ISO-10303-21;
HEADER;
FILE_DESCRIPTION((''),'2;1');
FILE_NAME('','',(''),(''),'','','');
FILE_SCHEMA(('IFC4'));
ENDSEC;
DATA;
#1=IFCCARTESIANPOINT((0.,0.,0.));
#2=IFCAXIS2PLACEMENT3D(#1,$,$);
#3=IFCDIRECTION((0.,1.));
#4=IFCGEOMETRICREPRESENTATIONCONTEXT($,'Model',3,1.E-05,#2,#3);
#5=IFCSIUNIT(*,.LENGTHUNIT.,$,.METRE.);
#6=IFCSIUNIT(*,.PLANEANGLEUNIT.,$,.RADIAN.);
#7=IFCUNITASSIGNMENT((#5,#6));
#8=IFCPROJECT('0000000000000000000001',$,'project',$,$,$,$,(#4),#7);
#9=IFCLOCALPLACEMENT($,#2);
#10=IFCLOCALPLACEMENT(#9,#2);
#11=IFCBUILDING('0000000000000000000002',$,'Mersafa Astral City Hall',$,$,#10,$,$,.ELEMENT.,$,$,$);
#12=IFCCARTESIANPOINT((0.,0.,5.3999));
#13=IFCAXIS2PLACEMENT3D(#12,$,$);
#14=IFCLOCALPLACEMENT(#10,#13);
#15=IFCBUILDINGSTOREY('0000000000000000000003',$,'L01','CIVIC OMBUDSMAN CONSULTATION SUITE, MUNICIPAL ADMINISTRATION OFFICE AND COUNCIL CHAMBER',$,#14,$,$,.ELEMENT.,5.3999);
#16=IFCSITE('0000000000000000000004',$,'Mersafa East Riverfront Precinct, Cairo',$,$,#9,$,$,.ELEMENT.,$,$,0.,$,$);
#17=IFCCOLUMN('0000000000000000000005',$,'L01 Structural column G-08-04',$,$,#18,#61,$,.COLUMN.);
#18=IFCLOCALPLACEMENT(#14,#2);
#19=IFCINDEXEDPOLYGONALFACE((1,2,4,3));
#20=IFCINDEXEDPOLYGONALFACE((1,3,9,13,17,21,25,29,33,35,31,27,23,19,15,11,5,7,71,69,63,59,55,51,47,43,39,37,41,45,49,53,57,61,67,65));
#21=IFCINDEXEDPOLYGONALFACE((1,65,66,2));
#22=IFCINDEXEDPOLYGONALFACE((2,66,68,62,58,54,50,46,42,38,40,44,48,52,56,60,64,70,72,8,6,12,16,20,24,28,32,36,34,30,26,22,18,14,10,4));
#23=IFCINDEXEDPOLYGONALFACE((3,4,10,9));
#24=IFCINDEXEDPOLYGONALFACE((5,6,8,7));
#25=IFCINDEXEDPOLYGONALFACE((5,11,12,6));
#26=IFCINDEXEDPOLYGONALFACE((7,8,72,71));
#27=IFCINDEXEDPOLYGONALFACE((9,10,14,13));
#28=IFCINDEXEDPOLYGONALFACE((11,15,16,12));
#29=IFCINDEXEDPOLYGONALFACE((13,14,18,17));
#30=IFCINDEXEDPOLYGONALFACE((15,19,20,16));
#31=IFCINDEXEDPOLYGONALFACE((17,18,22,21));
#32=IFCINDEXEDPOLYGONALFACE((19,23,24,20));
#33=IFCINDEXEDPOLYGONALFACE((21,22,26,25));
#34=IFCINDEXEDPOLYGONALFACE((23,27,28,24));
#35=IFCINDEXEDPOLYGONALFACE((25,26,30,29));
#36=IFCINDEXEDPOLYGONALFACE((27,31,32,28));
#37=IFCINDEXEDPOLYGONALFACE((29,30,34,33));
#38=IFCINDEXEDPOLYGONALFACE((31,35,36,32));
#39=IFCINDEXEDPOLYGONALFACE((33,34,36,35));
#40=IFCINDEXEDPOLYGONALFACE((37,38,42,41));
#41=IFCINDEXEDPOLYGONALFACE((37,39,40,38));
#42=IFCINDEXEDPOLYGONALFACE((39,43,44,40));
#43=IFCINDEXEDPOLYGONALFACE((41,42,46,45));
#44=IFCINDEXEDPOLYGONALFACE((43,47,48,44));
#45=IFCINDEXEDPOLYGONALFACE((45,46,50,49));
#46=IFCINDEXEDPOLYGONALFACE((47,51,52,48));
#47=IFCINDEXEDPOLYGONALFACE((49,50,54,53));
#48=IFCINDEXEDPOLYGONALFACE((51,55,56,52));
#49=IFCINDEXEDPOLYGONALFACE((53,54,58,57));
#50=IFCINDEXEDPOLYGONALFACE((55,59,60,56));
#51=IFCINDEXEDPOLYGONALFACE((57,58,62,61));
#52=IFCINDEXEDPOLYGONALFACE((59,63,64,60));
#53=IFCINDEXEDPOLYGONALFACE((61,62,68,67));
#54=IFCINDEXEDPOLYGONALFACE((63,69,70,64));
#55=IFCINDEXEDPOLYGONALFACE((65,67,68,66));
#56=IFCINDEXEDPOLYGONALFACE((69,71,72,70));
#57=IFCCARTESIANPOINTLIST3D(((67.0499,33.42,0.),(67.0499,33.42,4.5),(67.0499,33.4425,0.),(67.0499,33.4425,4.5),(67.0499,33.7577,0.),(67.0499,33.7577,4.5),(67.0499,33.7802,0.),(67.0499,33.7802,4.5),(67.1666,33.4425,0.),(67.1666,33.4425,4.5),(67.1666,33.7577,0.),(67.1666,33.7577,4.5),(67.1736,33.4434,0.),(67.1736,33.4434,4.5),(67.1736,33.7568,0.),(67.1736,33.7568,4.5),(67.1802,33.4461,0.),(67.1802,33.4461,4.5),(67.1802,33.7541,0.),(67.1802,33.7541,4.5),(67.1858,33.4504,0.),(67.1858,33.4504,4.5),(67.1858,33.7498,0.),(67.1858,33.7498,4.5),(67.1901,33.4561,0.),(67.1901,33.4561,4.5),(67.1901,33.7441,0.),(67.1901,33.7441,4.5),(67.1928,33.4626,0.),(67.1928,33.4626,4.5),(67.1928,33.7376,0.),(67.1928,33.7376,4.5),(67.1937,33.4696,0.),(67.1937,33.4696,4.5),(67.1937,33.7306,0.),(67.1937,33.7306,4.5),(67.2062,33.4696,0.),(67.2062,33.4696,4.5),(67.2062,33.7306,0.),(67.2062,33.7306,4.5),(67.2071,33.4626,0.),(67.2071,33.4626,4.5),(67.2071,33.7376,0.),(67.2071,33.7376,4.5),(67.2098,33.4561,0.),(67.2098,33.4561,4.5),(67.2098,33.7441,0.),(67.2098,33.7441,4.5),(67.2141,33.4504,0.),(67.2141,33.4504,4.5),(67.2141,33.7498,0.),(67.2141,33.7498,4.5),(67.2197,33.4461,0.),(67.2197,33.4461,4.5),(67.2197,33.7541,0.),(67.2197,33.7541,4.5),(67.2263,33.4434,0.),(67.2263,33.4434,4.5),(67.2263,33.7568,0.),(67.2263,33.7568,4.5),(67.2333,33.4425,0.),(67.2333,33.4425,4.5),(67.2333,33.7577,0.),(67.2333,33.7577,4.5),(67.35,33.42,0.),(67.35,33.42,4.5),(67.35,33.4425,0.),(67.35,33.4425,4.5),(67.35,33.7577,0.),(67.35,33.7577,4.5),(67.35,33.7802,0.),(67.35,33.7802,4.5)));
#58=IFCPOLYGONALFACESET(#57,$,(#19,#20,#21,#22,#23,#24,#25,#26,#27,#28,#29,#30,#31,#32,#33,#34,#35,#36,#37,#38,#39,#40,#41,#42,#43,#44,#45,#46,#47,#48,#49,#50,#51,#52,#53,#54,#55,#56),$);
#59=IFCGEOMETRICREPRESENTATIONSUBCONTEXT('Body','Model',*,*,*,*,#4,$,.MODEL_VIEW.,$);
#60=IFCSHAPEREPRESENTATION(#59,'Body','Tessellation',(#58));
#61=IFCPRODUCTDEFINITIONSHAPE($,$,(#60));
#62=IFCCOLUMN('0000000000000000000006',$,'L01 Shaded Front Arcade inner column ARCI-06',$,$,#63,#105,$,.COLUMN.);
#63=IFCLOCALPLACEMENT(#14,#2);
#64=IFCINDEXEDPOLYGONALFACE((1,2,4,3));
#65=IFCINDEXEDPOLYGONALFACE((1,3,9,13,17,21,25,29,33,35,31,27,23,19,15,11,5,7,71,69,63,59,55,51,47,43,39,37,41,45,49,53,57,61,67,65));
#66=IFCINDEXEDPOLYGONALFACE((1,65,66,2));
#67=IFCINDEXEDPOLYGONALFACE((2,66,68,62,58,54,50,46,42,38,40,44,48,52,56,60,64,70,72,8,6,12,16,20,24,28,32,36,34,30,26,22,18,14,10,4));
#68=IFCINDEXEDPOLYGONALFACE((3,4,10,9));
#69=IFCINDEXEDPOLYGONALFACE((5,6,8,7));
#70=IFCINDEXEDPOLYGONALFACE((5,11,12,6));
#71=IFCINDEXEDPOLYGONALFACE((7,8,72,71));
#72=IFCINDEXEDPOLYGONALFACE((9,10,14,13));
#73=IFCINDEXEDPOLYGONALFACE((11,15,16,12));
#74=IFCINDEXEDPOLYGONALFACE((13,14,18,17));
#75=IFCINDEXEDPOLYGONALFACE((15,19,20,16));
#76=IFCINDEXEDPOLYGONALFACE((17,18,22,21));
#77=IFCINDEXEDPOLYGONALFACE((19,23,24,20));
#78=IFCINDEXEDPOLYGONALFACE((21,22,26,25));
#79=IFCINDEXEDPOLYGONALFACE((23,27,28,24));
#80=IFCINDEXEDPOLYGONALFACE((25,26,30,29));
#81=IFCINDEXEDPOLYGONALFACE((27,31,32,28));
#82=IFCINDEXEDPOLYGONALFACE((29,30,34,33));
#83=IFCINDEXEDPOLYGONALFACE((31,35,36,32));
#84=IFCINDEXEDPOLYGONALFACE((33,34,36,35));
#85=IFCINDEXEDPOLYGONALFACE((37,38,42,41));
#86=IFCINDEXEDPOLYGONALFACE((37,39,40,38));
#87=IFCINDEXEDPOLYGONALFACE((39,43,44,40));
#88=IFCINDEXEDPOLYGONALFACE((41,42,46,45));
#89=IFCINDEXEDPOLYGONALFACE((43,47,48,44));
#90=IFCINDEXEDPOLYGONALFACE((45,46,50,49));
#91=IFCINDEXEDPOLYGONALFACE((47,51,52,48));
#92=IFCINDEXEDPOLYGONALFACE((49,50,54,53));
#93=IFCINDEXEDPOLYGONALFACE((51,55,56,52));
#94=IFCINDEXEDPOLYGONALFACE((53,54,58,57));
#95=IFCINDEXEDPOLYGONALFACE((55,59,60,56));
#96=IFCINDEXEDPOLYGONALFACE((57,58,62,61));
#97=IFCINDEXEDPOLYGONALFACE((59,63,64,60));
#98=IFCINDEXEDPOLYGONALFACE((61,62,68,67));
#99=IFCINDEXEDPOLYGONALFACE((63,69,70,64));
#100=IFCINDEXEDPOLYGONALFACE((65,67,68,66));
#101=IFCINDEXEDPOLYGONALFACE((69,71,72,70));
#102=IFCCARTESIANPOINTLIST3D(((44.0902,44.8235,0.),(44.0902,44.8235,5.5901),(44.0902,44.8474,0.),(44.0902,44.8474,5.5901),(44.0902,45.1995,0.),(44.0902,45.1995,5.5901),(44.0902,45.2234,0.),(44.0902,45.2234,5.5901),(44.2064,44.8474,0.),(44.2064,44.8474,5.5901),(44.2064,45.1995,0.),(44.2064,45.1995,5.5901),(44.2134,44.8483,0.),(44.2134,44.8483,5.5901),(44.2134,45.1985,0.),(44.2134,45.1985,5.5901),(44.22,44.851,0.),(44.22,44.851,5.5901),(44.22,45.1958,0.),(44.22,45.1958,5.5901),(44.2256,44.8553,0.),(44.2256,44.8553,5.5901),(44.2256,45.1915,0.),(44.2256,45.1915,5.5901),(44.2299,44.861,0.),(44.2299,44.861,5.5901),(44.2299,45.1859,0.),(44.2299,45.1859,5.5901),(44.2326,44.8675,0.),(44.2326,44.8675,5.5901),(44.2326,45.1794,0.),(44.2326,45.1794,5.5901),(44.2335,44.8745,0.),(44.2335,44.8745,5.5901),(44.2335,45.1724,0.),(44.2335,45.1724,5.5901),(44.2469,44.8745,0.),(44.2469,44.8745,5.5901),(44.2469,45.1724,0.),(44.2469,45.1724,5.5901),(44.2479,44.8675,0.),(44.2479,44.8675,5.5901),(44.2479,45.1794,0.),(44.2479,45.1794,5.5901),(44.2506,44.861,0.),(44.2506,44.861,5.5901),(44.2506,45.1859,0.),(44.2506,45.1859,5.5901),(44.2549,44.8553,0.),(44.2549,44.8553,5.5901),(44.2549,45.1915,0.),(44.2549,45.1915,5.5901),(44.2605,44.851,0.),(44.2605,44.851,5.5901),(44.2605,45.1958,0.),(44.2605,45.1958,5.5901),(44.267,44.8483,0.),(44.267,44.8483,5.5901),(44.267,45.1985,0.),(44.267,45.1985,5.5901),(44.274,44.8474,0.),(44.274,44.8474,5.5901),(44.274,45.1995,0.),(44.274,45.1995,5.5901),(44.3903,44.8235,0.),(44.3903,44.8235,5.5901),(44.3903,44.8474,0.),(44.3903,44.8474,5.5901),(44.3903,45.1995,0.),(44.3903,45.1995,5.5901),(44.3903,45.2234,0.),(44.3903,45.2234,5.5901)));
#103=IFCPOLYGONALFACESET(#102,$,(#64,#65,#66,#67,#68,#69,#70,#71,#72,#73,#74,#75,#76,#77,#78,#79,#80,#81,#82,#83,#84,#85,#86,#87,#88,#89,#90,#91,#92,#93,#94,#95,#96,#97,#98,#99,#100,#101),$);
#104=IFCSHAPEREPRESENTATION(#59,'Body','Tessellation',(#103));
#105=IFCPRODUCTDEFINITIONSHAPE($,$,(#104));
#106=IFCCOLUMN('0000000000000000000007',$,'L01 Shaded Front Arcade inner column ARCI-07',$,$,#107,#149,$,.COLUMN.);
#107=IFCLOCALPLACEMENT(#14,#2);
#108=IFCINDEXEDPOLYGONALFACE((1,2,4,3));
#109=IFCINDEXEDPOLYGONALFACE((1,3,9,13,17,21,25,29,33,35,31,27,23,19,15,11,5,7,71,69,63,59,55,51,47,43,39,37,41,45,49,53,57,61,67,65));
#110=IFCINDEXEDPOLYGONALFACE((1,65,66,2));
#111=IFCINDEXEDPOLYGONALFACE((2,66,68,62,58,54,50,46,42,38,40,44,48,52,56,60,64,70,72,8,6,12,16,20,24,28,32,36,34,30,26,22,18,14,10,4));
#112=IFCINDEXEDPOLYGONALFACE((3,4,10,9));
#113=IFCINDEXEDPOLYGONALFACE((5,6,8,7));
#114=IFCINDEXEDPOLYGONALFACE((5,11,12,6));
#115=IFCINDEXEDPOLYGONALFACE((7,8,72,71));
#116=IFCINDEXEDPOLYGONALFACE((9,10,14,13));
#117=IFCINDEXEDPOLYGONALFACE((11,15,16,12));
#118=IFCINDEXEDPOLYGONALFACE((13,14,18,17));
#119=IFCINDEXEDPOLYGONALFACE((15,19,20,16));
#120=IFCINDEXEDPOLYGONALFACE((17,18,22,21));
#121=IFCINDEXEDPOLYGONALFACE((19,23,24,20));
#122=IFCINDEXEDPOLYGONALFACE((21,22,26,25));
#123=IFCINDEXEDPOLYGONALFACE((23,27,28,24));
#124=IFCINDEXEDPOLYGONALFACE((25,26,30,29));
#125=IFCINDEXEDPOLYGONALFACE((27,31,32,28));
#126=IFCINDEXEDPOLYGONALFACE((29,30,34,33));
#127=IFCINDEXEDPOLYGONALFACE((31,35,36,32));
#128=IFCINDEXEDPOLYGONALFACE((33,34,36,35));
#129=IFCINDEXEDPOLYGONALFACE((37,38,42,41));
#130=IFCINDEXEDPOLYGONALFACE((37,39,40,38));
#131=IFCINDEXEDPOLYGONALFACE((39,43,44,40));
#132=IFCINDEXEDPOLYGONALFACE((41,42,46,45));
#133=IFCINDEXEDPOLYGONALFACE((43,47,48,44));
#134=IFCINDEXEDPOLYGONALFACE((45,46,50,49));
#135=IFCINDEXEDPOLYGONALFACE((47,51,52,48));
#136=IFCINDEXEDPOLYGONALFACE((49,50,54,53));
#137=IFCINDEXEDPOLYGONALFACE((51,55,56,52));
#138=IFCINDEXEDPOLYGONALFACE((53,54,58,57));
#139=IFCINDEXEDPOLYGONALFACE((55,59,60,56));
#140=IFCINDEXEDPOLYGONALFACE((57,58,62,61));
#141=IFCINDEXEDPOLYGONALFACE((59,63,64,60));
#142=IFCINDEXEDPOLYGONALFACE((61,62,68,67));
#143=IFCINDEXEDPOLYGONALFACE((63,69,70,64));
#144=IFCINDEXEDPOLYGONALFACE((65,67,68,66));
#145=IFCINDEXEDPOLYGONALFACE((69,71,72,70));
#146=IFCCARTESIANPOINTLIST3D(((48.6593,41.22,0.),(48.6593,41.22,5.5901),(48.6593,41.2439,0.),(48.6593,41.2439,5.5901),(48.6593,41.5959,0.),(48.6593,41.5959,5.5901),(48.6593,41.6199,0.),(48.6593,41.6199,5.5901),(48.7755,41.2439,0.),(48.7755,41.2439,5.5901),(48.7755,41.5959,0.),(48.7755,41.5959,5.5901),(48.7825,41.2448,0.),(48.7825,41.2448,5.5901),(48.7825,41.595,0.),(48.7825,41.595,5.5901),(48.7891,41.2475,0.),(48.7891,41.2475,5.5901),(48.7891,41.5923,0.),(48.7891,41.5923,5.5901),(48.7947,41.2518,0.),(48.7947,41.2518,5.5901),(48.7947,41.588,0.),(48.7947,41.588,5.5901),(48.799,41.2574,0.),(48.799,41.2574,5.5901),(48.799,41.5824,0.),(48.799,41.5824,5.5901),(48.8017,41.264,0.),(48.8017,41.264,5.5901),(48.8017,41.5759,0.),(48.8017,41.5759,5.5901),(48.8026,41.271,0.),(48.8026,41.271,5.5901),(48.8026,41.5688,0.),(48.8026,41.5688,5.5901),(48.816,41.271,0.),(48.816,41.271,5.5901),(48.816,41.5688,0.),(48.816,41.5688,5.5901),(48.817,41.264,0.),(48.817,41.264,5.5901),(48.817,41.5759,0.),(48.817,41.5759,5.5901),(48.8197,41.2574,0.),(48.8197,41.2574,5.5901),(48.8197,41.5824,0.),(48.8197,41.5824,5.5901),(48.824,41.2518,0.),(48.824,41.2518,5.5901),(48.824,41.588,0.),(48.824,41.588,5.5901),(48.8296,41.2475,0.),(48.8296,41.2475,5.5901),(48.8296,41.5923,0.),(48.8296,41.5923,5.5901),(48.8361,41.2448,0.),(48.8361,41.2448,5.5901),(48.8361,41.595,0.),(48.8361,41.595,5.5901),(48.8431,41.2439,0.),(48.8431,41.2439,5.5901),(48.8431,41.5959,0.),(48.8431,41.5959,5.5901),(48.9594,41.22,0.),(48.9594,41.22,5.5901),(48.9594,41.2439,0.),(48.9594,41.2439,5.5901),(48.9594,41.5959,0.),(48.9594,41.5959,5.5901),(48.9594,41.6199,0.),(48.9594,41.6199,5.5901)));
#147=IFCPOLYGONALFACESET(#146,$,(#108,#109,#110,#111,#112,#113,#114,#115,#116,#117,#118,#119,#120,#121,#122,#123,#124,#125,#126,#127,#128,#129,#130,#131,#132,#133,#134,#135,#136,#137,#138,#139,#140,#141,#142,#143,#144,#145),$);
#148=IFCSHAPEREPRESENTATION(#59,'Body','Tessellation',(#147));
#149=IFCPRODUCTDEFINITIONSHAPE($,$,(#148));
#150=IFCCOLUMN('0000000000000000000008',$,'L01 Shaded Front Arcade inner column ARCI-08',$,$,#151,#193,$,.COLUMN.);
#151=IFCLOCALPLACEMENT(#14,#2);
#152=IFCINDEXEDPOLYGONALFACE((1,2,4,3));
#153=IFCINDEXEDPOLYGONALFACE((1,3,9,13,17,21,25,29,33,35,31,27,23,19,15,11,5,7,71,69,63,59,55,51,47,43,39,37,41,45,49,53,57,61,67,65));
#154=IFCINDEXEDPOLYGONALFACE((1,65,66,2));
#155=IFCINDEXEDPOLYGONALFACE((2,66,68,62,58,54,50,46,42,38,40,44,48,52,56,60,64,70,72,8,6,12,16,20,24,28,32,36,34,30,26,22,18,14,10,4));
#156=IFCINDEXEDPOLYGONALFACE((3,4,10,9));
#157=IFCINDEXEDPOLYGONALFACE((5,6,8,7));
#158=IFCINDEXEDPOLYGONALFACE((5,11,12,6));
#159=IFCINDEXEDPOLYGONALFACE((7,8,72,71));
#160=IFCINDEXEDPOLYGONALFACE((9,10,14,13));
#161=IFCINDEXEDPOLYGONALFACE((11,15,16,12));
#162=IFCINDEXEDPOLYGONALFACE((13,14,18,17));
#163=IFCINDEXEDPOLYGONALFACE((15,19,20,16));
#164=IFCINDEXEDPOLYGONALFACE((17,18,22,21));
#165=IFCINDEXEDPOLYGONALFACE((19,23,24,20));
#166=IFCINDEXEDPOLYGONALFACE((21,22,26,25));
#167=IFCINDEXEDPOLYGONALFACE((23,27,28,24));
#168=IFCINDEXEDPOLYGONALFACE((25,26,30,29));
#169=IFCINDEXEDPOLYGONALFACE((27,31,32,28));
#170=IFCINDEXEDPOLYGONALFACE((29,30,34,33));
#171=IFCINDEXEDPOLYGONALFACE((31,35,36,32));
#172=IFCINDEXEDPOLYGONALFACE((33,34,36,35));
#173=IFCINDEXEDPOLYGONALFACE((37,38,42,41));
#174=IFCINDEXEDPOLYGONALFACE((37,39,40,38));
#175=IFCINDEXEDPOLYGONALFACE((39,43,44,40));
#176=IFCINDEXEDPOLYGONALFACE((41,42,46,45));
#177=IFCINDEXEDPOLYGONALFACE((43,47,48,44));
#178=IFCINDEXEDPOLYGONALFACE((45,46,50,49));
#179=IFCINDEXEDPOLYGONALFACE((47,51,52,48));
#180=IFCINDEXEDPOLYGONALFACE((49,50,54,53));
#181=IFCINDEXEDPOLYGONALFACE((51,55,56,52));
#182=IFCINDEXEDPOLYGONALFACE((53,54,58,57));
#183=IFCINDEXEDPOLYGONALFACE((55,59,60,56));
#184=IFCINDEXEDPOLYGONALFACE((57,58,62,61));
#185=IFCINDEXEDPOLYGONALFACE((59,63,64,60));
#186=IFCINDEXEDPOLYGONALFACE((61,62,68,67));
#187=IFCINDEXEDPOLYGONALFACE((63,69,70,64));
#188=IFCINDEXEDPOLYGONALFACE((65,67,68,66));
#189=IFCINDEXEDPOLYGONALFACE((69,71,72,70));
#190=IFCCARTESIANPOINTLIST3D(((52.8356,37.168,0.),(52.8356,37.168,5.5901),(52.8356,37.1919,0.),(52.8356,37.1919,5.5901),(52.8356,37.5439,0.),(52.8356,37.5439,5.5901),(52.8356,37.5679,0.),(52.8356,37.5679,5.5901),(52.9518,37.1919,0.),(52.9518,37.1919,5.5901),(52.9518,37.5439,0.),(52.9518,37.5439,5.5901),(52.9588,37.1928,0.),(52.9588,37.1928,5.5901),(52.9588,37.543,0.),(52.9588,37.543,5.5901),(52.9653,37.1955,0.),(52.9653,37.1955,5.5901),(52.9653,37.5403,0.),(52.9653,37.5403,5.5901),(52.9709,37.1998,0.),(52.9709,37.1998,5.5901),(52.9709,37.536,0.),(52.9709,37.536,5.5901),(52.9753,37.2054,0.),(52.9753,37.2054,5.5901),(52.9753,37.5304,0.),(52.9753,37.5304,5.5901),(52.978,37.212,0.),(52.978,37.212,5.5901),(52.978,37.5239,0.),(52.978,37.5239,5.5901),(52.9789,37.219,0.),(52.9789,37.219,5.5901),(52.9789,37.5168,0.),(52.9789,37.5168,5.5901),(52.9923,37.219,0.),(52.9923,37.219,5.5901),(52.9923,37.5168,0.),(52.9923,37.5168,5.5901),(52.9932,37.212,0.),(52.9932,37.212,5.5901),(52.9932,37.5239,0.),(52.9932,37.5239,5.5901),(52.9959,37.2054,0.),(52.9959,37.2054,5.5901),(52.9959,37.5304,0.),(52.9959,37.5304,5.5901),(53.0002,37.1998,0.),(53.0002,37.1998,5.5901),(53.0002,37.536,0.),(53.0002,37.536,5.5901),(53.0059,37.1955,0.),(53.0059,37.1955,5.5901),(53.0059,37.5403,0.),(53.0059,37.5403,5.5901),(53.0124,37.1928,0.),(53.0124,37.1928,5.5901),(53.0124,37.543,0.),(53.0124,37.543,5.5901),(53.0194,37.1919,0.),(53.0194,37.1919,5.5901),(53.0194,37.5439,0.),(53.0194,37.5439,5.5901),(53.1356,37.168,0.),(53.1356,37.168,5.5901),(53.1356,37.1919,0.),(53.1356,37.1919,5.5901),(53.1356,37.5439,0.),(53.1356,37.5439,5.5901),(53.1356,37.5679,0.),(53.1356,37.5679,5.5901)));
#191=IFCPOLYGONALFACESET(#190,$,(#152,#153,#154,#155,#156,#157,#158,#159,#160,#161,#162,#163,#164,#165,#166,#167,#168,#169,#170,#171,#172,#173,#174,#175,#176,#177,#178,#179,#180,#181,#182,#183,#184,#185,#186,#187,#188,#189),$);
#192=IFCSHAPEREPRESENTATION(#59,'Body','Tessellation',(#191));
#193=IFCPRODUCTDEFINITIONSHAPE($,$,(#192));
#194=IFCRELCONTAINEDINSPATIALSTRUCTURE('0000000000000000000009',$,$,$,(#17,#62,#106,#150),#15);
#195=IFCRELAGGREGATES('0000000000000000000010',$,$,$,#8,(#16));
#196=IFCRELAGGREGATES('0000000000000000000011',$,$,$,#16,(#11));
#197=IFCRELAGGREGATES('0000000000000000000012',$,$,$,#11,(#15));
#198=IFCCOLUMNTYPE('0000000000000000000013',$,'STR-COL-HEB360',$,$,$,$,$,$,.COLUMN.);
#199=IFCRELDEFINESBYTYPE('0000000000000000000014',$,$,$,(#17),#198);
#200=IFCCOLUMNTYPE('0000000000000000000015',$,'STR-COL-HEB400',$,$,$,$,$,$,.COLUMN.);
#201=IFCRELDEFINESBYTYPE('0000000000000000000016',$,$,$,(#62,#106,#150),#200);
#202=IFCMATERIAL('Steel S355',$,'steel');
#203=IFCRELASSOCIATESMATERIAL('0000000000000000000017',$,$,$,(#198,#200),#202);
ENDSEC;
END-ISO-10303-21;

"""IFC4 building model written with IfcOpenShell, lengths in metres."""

from ifc_helpers import new_model, si_unit, direction, frame, origin, origin_2d, place, context, subcontext, project, spatial, i_section, extrude, material, material_profile, profile_set, type_object, element, save


model = new_model("IFC4")

# Units and contexts
model_context = context("Model", 3, precision=1e-05, world=origin(), true_north=direction((0.0, 1.0)))
body_context = subcontext(model_context, "Body", "Model", "MODEL_VIEW")
ifc_project = project(units=[si_unit("LENGTHUNIT", "METRE"), si_unit("PLANEANGLEUNIT", "RADIAN")], contexts=[model_context])

# Site, building, storey
site_placement = place(None, origin())
site = spatial("IfcSite", under=ifc_project, at=site_placement, Name="Mersafa East Riverfront Precinct, Cairo", CompositionType="ELEMENT", RefElevation=0.0)
building_placement = place(site_placement, origin())
building = spatial("IfcBuilding", under=site, at=building_placement, Name="Mersafa Astral City Hall", CompositionType="ELEMENT")
storey_placement = place(building_placement, frame((0.0, 0.0, 5.3999)))
storey = spatial("IfcBuildingStorey", under=building, at=storey_placement, Name="L01", Description="CIVIC OMBUDSMAN CONSULTATION SUITE, MUNICIPAL ADMINISTRATION OFFICE AND COUNCIL CHAMBER", CompositionType="ELEMENT", Elevation=5.3999)

# Columns
ifc_material_1 = material(Name="Steel S355", Category="steel")
ifc_material_profile_1 = material_profile(ifc_material_1, i_section(OverallWidth=0.3, OverallDepth=0.3601, WebThickness=0.0125, FlangeThickness=0.0225, FilletRadius=0.0271, at=origin_2d()), Name="HEB 360")
ifc_profile_set_1 = profile_set([ifc_material_profile_1], Name="Steel S355")
column_type_1 = type_object("IfcColumnType", Name="STR-COL-HEB360", PredefinedType="COLUMN", material=ifc_profile_set_1)
column_placement = place(storey_placement, frame((67.2, 33.6001, 0.0), z_axis=(0.0, 0.0, 1.0), x_axis=(1.0, 0.0, 0.0)))
element("IfcColumn", 1, at=column_placement, inside=storey, type_object=column_type_1, Name="L01 Structural column G-08-04", PredefinedType="COLUMN", context=body_context, shape_type="SweptSolid", body=[
    extrude(i_section(OverallWidth=0.3, OverallDepth=0.3601, WebThickness=0.0125, FlangeThickness=0.0225, FilletRadius=0.0271, at=origin_2d()), origin(), (0.0, 0.0, 1.0), 4.5),
])
ifc_material_profile_2 = material_profile(ifc_material_1, i_section(OverallWidth=0.3, OverallDepth=0.3999, WebThickness=0.0134, FlangeThickness=0.0239, FilletRadius=0.0271, at=origin_2d()), Name="HEB 400")
ifc_profile_set_2 = profile_set([ifc_material_profile_2], Name="Steel S355")
column_type_2 = type_object("IfcColumnType", Name="STR-COL-HEB400", PredefinedType="COLUMN", material=ifc_profile_set_2)
for number, where, z_axis, x_axis, name in (
    (2, (44.2402, 45.0234, 0.0), (0.0, 0.0, 1.0), (1.0, 0.0, 0.0), "L01 Shaded Front Arcade inner column ARCI-06"),
    (3, (48.8093, 41.4199, 0.0), (0.0, 0.0, 1.0), (1.0, 0.0, 0.0), "L01 Shaded Front Arcade inner column ARCI-07"),
    (4, (52.9856, 37.3679, 0.0), (0.0, 0.0, 1.0), (1.0, 0.0, 0.0), "L01 Shaded Front Arcade inner column ARCI-08"),
):
    element("IfcColumn", number, at=place(storey_placement, frame(where, z_axis=z_axis, x_axis=x_axis)), inside=storey, type_object=column_type_2, Name=name, PredefinedType="COLUMN", context=body_context, shape_type="SweptSolid", body=[
        extrude(i_section(OverallWidth=0.3, OverallDepth=0.3999, WebThickness=0.0134, FlangeThickness=0.0239, FilletRadius=0.0271, at=origin_2d()), origin(), (0.0, 0.0, 1.0), 5.5901),
    ])

save(model, "model.ifc")
